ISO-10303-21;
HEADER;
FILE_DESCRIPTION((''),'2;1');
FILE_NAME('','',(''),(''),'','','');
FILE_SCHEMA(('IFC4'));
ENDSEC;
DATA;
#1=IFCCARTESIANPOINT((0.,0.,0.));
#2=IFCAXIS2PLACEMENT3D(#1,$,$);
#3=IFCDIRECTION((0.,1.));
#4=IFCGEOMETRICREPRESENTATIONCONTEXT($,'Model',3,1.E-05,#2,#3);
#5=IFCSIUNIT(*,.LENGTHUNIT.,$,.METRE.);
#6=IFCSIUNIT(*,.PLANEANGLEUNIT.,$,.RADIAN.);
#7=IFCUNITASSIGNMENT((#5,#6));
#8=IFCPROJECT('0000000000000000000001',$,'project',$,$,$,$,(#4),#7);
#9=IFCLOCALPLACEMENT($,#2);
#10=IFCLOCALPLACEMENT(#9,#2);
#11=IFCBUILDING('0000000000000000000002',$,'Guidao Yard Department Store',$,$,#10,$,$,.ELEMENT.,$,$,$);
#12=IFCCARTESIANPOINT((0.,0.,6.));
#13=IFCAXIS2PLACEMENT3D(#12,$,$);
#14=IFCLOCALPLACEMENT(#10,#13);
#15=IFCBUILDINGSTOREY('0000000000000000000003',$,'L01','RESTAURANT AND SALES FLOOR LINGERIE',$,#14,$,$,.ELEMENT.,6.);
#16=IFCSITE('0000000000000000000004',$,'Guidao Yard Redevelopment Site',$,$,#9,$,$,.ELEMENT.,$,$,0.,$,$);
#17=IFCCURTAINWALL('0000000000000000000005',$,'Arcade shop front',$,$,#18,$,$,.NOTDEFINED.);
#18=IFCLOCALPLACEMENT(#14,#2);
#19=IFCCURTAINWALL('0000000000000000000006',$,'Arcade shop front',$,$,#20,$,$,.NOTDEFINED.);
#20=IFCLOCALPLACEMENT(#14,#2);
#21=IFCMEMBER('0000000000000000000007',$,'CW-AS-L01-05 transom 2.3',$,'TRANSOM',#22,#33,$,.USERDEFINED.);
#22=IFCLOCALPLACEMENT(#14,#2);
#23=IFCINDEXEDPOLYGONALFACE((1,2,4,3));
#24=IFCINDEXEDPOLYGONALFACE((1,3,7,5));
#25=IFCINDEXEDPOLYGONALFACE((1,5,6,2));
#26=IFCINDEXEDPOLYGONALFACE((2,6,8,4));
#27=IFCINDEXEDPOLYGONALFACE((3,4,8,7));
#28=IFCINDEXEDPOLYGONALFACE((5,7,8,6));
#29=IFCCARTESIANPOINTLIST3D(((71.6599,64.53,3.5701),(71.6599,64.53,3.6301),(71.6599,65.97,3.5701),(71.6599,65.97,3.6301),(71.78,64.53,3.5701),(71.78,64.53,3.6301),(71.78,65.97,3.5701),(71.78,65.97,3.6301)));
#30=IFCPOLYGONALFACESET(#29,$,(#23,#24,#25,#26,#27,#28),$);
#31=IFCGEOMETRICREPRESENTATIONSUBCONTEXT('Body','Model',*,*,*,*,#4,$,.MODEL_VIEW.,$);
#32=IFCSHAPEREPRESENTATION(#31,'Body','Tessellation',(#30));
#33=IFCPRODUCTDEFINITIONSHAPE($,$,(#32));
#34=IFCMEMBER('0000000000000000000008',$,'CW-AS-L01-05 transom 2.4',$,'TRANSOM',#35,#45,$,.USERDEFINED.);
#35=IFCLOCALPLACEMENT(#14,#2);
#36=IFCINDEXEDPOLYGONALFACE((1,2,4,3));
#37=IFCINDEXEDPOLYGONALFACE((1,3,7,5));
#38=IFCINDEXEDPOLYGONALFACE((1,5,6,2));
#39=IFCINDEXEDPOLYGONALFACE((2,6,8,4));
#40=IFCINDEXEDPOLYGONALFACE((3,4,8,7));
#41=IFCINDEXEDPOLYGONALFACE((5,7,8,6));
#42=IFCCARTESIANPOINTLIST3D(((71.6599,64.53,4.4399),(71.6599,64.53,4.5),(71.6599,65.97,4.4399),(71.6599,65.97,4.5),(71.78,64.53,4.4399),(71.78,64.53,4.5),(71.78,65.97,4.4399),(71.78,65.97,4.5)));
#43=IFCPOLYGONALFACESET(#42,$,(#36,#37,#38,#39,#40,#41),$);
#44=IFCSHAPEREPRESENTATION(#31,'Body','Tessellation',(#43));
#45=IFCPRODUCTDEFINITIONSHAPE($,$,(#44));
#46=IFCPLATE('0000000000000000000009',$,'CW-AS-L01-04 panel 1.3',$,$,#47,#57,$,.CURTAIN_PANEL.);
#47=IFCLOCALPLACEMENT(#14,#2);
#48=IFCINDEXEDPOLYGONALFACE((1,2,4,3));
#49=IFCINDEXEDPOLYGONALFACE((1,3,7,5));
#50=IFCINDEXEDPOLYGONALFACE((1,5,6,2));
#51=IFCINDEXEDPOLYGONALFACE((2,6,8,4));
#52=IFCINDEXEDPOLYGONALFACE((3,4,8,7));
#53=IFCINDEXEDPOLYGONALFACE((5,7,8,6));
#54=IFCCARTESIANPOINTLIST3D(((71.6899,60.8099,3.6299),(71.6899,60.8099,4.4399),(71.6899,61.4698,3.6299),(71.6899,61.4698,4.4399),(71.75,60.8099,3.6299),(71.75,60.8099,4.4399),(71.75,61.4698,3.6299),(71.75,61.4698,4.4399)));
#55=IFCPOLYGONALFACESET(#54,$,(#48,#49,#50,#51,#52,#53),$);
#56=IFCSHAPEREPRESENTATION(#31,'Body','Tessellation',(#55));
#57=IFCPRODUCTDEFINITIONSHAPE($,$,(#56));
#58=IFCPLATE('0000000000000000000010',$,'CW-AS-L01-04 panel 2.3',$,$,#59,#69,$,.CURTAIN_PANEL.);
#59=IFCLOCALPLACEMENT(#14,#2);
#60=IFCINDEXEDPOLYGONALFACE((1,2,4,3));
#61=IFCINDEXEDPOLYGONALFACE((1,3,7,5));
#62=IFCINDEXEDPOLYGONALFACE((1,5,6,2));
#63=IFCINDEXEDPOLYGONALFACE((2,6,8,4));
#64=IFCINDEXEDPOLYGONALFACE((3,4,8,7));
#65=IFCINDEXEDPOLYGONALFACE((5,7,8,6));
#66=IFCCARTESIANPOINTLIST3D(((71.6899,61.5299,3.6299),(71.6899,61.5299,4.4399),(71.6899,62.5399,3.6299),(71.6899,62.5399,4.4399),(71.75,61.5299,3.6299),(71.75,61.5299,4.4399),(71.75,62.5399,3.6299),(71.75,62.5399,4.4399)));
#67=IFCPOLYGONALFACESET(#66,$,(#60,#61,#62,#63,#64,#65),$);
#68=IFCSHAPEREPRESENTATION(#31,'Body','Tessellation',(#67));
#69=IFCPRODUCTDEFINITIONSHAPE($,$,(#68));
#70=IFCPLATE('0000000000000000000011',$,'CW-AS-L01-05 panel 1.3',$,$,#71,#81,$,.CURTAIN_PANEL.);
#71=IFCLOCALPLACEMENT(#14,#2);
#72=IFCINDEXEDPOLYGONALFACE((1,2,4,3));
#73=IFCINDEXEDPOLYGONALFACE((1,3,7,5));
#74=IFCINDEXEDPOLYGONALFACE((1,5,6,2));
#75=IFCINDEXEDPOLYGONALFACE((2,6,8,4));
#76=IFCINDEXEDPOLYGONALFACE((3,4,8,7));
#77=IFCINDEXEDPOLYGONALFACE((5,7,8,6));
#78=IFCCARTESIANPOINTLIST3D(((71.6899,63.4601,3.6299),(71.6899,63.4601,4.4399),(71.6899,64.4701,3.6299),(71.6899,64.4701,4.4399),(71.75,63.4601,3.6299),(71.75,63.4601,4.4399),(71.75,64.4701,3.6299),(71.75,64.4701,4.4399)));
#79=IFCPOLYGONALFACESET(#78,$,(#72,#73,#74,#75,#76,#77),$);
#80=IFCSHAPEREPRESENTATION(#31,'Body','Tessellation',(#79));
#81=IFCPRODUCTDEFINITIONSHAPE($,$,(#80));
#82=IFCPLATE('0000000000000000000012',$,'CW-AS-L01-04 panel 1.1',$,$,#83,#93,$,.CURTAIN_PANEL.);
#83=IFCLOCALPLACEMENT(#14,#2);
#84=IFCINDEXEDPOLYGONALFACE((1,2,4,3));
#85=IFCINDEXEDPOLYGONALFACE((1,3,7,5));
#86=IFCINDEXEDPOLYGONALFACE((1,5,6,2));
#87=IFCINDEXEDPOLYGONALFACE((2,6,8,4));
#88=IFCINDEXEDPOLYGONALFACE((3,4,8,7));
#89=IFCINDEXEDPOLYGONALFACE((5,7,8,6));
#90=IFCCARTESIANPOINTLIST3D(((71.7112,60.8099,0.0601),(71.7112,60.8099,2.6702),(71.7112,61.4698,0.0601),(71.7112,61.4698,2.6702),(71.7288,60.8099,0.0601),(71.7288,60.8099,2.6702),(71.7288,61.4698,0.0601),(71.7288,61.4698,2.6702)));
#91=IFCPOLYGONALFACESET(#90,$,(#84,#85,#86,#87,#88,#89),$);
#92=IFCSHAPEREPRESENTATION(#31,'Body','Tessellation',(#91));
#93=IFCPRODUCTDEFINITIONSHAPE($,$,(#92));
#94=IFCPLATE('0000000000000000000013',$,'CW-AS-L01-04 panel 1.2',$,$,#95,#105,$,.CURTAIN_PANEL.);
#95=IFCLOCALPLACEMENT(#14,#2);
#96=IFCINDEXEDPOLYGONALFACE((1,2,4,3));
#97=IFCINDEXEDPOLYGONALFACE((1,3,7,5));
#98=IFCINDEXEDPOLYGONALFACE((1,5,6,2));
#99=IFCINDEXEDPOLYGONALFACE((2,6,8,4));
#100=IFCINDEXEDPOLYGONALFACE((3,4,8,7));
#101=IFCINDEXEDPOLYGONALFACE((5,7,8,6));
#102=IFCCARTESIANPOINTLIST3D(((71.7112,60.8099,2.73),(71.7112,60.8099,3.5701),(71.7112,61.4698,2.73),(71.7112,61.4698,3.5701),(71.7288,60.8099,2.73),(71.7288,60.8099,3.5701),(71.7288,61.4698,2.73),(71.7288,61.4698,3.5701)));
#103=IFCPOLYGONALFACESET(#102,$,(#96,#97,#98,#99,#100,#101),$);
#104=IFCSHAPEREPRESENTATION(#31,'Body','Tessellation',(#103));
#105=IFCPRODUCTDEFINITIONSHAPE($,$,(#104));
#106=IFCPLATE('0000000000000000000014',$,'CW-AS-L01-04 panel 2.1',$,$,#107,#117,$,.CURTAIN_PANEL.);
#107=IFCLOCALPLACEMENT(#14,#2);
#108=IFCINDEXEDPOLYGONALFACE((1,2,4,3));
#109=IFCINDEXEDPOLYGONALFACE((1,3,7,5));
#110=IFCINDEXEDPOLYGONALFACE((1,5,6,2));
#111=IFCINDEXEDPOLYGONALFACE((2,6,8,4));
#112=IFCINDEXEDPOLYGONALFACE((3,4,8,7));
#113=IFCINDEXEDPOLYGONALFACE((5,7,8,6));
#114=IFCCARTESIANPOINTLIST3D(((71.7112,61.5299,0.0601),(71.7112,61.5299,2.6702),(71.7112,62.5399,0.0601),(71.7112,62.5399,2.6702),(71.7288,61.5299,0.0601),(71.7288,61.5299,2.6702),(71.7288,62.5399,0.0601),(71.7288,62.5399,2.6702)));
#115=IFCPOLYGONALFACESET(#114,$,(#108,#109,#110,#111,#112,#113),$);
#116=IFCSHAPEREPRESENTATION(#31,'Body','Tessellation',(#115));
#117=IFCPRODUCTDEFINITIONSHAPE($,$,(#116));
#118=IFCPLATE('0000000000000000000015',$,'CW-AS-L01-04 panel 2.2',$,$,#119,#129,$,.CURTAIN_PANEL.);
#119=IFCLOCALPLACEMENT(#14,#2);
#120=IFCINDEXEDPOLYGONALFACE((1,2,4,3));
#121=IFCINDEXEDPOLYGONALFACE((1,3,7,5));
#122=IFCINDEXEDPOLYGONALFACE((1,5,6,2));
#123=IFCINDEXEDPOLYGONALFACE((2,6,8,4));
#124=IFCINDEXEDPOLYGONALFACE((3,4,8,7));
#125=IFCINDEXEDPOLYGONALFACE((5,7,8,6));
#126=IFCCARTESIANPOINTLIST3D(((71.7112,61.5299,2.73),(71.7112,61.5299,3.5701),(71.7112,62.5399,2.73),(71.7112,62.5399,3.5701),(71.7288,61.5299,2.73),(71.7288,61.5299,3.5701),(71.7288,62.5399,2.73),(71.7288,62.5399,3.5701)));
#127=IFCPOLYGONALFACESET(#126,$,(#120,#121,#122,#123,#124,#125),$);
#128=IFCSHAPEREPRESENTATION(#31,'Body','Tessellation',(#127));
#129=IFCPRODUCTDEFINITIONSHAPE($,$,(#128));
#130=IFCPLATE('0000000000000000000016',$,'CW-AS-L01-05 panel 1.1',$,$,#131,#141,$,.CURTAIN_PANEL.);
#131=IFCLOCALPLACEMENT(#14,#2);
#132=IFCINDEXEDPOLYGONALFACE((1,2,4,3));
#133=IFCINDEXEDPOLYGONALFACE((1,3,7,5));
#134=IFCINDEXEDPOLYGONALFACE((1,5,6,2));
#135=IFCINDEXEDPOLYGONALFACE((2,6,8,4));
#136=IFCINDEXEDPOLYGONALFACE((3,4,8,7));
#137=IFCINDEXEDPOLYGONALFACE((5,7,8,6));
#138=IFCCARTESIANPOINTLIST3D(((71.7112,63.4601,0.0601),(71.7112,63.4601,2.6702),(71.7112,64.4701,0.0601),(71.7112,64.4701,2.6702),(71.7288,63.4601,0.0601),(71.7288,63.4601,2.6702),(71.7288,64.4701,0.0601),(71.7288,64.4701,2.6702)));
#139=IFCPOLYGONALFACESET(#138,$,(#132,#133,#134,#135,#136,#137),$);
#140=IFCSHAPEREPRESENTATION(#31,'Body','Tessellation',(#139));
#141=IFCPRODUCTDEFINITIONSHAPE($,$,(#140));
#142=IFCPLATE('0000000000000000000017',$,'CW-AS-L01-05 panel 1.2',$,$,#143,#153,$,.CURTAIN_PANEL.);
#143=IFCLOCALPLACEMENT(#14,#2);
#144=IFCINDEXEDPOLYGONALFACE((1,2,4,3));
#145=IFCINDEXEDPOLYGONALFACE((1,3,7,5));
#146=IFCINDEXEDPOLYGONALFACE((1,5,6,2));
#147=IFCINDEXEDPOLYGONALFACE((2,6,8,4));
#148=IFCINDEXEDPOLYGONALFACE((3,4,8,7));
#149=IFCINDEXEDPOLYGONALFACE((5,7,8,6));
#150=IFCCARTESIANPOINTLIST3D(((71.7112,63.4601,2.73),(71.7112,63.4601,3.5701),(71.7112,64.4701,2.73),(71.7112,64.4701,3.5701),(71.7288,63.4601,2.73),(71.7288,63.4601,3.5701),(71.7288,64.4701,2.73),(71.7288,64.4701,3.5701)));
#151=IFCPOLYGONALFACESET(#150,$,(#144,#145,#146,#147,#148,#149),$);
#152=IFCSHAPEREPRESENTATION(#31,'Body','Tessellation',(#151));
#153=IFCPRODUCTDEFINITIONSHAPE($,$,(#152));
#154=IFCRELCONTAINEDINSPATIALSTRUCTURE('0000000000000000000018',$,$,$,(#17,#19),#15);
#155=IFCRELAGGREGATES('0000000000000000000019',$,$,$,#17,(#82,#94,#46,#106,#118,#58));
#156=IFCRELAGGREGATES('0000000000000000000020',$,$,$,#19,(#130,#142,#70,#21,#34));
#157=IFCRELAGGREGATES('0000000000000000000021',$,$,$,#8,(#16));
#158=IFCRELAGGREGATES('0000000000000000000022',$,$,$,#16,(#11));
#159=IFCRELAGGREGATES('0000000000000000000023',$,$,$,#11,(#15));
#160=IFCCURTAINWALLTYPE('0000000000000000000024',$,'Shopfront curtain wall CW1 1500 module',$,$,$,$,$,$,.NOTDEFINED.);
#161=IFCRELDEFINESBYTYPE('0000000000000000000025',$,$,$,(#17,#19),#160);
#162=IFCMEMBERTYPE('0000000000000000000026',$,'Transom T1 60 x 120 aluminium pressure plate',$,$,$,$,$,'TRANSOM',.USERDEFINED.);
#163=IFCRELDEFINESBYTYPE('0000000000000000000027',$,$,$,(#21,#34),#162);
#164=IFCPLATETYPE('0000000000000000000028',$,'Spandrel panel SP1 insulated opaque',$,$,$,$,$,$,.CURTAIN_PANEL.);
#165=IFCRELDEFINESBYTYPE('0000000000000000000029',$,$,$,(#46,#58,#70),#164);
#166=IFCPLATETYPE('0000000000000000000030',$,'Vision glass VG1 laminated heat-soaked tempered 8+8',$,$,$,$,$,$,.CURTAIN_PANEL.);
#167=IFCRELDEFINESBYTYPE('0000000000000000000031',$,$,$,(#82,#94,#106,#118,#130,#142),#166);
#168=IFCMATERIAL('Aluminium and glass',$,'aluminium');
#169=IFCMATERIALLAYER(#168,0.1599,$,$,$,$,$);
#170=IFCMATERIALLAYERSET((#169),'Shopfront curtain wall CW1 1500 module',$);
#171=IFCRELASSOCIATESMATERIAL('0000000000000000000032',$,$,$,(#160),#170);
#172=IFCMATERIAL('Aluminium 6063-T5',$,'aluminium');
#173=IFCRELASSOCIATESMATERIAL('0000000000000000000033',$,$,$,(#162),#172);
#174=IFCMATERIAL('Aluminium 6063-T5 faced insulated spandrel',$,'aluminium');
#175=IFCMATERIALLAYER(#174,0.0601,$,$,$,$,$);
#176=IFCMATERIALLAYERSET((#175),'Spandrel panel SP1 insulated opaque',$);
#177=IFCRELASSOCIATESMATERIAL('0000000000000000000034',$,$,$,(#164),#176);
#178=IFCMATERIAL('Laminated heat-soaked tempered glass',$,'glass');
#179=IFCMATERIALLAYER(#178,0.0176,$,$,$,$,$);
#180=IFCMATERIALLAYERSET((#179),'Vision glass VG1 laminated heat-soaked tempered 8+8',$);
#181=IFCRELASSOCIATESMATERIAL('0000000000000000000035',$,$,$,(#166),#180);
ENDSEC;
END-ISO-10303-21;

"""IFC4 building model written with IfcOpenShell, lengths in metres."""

from ifc_helpers import new_model, si_unit, direction, frame, origin, origin_2d, place, context, subcontext, project, spatial, rectangle, extrude, material, layer, layer_set, material_profile, profile_set, type_object, element, aggregate, save


model = new_model("IFC4")

# Units and contexts
model_context = context("Model", 3, precision=1e-05, world=origin(), true_north=direction((0.0, 1.0)))
body_context = subcontext(model_context, "Body", "Model", "MODEL_VIEW")
ifc_project = project(units=[si_unit("LENGTHUNIT", "METRE"), si_unit("PLANEANGLEUNIT", "RADIAN")], contexts=[model_context])

# Site, building, storey
site_placement = place(None, origin())
site = spatial("IfcSite", under=ifc_project, at=site_placement, Name="Guidao Yard Redevelopment Site", CompositionType="ELEMENT", RefElevation=0.0)
building_placement = place(site_placement, origin())
building = spatial("IfcBuilding", under=site, at=building_placement, Name="Guidao Yard Department Store", CompositionType="ELEMENT")
storey_placement = place(building_placement, frame((0.0, 0.0, 6.0)))
storey = spatial("IfcBuildingStorey", under=building, at=storey_placement, Name="L01", Description="RESTAURANT AND SALES FLOOR LINGERIE", CompositionType="ELEMENT", Elevation=6.0)

# Curtain walls
ifc_material_1 = material(Name="Aluminium and glass", Category="aluminium")
ifc_layer_1 = layer(ifc_material_1, 0.1599)
ifc_layer_set_1 = layer_set([ifc_layer_1], Name="Shopfront curtain wall CW1 1500 module")
curtain_wall_type = type_object("IfcCurtainWallType", Name="Shopfront curtain wall CW1 1500 module", PredefinedType="NOTDEFINED", material=ifc_layer_set_1)
curtain_wall_1_placement = place(storey_placement, origin())
curtain_wall_1 = element("IfcCurtainWall", 1, at=curtain_wall_1_placement, inside=storey, type_object=curtain_wall_type, Name="Arcade shop front", PredefinedType="NOTDEFINED")
curtain_wall_2_placement = place(storey_placement, origin())
curtain_wall_2 = element("IfcCurtainWall", 2, at=curtain_wall_2_placement, inside=storey, type_object=curtain_wall_type, Name="Arcade shop front", PredefinedType="NOTDEFINED")

# Members
ifc_material_2 = material(Name="Aluminium 6063-T5", Category="aluminium")
ifc_material_profile_1 = material_profile(ifc_material_2, rectangle(XDim=0.1201, YDim=0.0601, at=origin_2d()), Name="Transom T1 60 x 120 aluminium pressure plate")
ifc_profile_set_1 = profile_set([ifc_material_profile_1], Name="Aluminium 6063-T5")
member_type_1 = type_object("IfcMemberType", Name="Transom T1 60 x 120 aluminium pressure plate", ElementType="TRANSOM", PredefinedType="USERDEFINED", material=ifc_profile_set_1)
member_1_placement = place(storey_placement, frame((71.72, 64.53, 3.6001), z_axis=(0.0, 1.0, 0.0), x_axis=(-1.0, 0.0, 0.0)))
member_1 = element("IfcMember", 3, at=member_1_placement, type_object=member_type_1, Name="CW-AS-L01-05 transom 2.3", ObjectType="TRANSOM", PredefinedType="USERDEFINED", context=body_context, shape_type="SweptSolid", body=[
    extrude(rectangle(XDim=0.1201, YDim=0.0601, at=origin_2d()), origin(), (0.0, 0.0, 1.0), 1.4399),
])
member_2_placement = place(storey_placement, frame((71.72, 64.53, 4.47), z_axis=(0.0, 1.0, 0.0), x_axis=(-1.0, 0.0, 0.0)))
member_2 = element("IfcMember", 4, at=member_2_placement, type_object=member_type_1, Name="CW-AS-L01-05 transom 2.4", ObjectType="TRANSOM", PredefinedType="USERDEFINED", context=body_context, shape_type="SweptSolid", body=[
    extrude(rectangle(XDim=0.1201, YDim=0.0601, at=origin_2d()), origin(), (0.0, 0.0, 1.0), 1.4399),
])

# Plates
ifc_material_3 = material(Name="Aluminium 6063-T5 faced insulated spandrel", Category="aluminium")
ifc_layer_2 = layer(ifc_material_3, 0.0601)
ifc_layer_set_2 = layer_set([ifc_layer_2], Name="Spandrel panel SP1 insulated opaque")
plate_type_1 = type_object("IfcPlateType", Name="Spandrel panel SP1 insulated opaque", PredefinedType="CURTAIN_PANEL", material=ifc_layer_set_2)
plate_1_placement = place(storey_placement, frame((71.72, 61.1399, 3.6299), z_axis=(0.0, 0.0, 1.0), x_axis=(0.0, 1.0, 0.0)))
plate_1 = element("IfcPlate", 5, at=plate_1_placement, type_object=plate_type_1, Name="CW-AS-L01-04 panel 1.3", PredefinedType="CURTAIN_PANEL", context=body_context, shape_type="SweptSolid", body=[
    extrude(rectangle(XDim=0.6599, YDim=0.0601, at=origin_2d()), origin(), (0.0, 0.0, 1.0), 0.8101),
])
plate_2_placement = place(storey_placement, frame((71.72, 62.0349, 3.6299), z_axis=(0.0, 0.0, 1.0), x_axis=(0.0, 1.0, 0.0)))
plate_2 = element("IfcPlate", 6, at=plate_2_placement, type_object=plate_type_1, Name="CW-AS-L01-04 panel 2.3", PredefinedType="CURTAIN_PANEL", context=body_context, shape_type="SweptSolid", body=[
    extrude(rectangle(XDim=1.01, YDim=0.0601, at=origin_2d()), origin(), (0.0, 0.0, 1.0), 0.8101),
])
plate_3_placement = place(storey_placement, frame((71.72, 63.9651, 3.6299), z_axis=(0.0, 0.0, 1.0), x_axis=(0.0, 1.0, 0.0)))
plate_3 = element("IfcPlate", 7, at=plate_3_placement, type_object=plate_type_1, Name="CW-AS-L01-05 panel 1.3", PredefinedType="CURTAIN_PANEL", context=body_context, shape_type="SweptSolid", body=[
    extrude(rectangle(XDim=1.01, YDim=0.0601, at=origin_2d()), origin(), (0.0, 0.0, 1.0), 0.8101),
])
ifc_material_4 = material(Name="Laminated heat-soaked tempered glass", Category="glass")
ifc_layer_3 = layer(ifc_material_4, 0.0176)
ifc_layer_set_3 = layer_set([ifc_layer_3], Name="Vision glass VG1 laminated heat-soaked tempered 8+8")
plate_type_2 = type_object("IfcPlateType", Name="Vision glass VG1 laminated heat-soaked tempered 8+8", PredefinedType="CURTAIN_PANEL", material=ifc_layer_set_3)
plate_4_placement = place(storey_placement, frame((71.72, 61.1399, 0.0601), z_axis=(0.0, 0.0, 1.0), x_axis=(0.0, 1.0, 0.0)))
plate_4 = element("IfcPlate", 8, at=plate_4_placement, type_object=plate_type_2, Name="CW-AS-L01-04 panel 1.1", PredefinedType="CURTAIN_PANEL", context=body_context, shape_type="SweptSolid", body=[
    extrude(rectangle(XDim=0.6599, YDim=0.0176, at=origin_2d()), origin(), (0.0, 0.0, 1.0), 2.6101),
])
plate_5_placement = place(storey_placement, frame((71.72, 61.1399, 2.73), z_axis=(0.0, 0.0, 1.0), x_axis=(0.0, 1.0, 0.0)))
plate_5 = element("IfcPlate", 9, at=plate_5_placement, type_object=plate_type_2, Name="CW-AS-L01-04 panel 1.2", PredefinedType="CURTAIN_PANEL", context=body_context, shape_type="SweptSolid", body=[
    extrude(rectangle(XDim=0.6599, YDim=0.0176, at=origin_2d()), origin(), (0.0, 0.0, 1.0), 0.8401),
])
plate_6_placement = place(storey_placement, frame((71.72, 62.0349, 0.0601), z_axis=(0.0, 0.0, 1.0), x_axis=(0.0, 1.0, 0.0)))
plate_6 = element("IfcPlate", 10, at=plate_6_placement, type_object=plate_type_2, Name="CW-AS-L01-04 panel 2.1", PredefinedType="CURTAIN_PANEL", context=body_context, shape_type="SweptSolid", body=[
    extrude(rectangle(XDim=1.01, YDim=0.0176, at=origin_2d()), origin(), (0.0, 0.0, 1.0), 2.6101),
])
plate_7_placement = place(storey_placement, frame((71.72, 62.0349, 2.73), z_axis=(0.0, 0.0, 1.0), x_axis=(0.0, 1.0, 0.0)))
plate_7 = element("IfcPlate", 11, at=plate_7_placement, type_object=plate_type_2, Name="CW-AS-L01-04 panel 2.2", PredefinedType="CURTAIN_PANEL", context=body_context, shape_type="SweptSolid", body=[
    extrude(rectangle(XDim=1.01, YDim=0.0176, at=origin_2d()), origin(), (0.0, 0.0, 1.0), 0.8401),
])
aggregate(curtain_wall_1, [plate_4, plate_5, plate_1, plate_6, plate_7, plate_2])
plate_8_placement = place(storey_placement, frame((71.72, 63.9651, 0.0601), z_axis=(0.0, 0.0, 1.0), x_axis=(0.0, 1.0, 0.0)))
plate_8 = element("IfcPlate", 12, at=plate_8_placement, type_object=plate_type_2, Name="CW-AS-L01-05 panel 1.1", PredefinedType="CURTAIN_PANEL", context=body_context, shape_type="SweptSolid", body=[
    extrude(rectangle(XDim=1.01, YDim=0.0176, at=origin_2d()), origin(), (0.0, 0.0, 1.0), 2.6101),
])
plate_9_placement = place(storey_placement, frame((71.72, 63.9651, 2.73), z_axis=(0.0, 0.0, 1.0), x_axis=(0.0, 1.0, 0.0)))
plate_9 = element("IfcPlate", 13, at=plate_9_placement, type_object=plate_type_2, Name="CW-AS-L01-05 panel 1.2", PredefinedType="CURTAIN_PANEL", context=body_context, shape_type="SweptSolid", body=[
    extrude(rectangle(XDim=1.01, YDim=0.0176, at=origin_2d()), origin(), (0.0, 0.0, 1.0), 0.8401),
])
aggregate(curtain_wall_2, [plate_8, plate_9, plate_3, member_1, member_2])

save(model, "model.ifc")
